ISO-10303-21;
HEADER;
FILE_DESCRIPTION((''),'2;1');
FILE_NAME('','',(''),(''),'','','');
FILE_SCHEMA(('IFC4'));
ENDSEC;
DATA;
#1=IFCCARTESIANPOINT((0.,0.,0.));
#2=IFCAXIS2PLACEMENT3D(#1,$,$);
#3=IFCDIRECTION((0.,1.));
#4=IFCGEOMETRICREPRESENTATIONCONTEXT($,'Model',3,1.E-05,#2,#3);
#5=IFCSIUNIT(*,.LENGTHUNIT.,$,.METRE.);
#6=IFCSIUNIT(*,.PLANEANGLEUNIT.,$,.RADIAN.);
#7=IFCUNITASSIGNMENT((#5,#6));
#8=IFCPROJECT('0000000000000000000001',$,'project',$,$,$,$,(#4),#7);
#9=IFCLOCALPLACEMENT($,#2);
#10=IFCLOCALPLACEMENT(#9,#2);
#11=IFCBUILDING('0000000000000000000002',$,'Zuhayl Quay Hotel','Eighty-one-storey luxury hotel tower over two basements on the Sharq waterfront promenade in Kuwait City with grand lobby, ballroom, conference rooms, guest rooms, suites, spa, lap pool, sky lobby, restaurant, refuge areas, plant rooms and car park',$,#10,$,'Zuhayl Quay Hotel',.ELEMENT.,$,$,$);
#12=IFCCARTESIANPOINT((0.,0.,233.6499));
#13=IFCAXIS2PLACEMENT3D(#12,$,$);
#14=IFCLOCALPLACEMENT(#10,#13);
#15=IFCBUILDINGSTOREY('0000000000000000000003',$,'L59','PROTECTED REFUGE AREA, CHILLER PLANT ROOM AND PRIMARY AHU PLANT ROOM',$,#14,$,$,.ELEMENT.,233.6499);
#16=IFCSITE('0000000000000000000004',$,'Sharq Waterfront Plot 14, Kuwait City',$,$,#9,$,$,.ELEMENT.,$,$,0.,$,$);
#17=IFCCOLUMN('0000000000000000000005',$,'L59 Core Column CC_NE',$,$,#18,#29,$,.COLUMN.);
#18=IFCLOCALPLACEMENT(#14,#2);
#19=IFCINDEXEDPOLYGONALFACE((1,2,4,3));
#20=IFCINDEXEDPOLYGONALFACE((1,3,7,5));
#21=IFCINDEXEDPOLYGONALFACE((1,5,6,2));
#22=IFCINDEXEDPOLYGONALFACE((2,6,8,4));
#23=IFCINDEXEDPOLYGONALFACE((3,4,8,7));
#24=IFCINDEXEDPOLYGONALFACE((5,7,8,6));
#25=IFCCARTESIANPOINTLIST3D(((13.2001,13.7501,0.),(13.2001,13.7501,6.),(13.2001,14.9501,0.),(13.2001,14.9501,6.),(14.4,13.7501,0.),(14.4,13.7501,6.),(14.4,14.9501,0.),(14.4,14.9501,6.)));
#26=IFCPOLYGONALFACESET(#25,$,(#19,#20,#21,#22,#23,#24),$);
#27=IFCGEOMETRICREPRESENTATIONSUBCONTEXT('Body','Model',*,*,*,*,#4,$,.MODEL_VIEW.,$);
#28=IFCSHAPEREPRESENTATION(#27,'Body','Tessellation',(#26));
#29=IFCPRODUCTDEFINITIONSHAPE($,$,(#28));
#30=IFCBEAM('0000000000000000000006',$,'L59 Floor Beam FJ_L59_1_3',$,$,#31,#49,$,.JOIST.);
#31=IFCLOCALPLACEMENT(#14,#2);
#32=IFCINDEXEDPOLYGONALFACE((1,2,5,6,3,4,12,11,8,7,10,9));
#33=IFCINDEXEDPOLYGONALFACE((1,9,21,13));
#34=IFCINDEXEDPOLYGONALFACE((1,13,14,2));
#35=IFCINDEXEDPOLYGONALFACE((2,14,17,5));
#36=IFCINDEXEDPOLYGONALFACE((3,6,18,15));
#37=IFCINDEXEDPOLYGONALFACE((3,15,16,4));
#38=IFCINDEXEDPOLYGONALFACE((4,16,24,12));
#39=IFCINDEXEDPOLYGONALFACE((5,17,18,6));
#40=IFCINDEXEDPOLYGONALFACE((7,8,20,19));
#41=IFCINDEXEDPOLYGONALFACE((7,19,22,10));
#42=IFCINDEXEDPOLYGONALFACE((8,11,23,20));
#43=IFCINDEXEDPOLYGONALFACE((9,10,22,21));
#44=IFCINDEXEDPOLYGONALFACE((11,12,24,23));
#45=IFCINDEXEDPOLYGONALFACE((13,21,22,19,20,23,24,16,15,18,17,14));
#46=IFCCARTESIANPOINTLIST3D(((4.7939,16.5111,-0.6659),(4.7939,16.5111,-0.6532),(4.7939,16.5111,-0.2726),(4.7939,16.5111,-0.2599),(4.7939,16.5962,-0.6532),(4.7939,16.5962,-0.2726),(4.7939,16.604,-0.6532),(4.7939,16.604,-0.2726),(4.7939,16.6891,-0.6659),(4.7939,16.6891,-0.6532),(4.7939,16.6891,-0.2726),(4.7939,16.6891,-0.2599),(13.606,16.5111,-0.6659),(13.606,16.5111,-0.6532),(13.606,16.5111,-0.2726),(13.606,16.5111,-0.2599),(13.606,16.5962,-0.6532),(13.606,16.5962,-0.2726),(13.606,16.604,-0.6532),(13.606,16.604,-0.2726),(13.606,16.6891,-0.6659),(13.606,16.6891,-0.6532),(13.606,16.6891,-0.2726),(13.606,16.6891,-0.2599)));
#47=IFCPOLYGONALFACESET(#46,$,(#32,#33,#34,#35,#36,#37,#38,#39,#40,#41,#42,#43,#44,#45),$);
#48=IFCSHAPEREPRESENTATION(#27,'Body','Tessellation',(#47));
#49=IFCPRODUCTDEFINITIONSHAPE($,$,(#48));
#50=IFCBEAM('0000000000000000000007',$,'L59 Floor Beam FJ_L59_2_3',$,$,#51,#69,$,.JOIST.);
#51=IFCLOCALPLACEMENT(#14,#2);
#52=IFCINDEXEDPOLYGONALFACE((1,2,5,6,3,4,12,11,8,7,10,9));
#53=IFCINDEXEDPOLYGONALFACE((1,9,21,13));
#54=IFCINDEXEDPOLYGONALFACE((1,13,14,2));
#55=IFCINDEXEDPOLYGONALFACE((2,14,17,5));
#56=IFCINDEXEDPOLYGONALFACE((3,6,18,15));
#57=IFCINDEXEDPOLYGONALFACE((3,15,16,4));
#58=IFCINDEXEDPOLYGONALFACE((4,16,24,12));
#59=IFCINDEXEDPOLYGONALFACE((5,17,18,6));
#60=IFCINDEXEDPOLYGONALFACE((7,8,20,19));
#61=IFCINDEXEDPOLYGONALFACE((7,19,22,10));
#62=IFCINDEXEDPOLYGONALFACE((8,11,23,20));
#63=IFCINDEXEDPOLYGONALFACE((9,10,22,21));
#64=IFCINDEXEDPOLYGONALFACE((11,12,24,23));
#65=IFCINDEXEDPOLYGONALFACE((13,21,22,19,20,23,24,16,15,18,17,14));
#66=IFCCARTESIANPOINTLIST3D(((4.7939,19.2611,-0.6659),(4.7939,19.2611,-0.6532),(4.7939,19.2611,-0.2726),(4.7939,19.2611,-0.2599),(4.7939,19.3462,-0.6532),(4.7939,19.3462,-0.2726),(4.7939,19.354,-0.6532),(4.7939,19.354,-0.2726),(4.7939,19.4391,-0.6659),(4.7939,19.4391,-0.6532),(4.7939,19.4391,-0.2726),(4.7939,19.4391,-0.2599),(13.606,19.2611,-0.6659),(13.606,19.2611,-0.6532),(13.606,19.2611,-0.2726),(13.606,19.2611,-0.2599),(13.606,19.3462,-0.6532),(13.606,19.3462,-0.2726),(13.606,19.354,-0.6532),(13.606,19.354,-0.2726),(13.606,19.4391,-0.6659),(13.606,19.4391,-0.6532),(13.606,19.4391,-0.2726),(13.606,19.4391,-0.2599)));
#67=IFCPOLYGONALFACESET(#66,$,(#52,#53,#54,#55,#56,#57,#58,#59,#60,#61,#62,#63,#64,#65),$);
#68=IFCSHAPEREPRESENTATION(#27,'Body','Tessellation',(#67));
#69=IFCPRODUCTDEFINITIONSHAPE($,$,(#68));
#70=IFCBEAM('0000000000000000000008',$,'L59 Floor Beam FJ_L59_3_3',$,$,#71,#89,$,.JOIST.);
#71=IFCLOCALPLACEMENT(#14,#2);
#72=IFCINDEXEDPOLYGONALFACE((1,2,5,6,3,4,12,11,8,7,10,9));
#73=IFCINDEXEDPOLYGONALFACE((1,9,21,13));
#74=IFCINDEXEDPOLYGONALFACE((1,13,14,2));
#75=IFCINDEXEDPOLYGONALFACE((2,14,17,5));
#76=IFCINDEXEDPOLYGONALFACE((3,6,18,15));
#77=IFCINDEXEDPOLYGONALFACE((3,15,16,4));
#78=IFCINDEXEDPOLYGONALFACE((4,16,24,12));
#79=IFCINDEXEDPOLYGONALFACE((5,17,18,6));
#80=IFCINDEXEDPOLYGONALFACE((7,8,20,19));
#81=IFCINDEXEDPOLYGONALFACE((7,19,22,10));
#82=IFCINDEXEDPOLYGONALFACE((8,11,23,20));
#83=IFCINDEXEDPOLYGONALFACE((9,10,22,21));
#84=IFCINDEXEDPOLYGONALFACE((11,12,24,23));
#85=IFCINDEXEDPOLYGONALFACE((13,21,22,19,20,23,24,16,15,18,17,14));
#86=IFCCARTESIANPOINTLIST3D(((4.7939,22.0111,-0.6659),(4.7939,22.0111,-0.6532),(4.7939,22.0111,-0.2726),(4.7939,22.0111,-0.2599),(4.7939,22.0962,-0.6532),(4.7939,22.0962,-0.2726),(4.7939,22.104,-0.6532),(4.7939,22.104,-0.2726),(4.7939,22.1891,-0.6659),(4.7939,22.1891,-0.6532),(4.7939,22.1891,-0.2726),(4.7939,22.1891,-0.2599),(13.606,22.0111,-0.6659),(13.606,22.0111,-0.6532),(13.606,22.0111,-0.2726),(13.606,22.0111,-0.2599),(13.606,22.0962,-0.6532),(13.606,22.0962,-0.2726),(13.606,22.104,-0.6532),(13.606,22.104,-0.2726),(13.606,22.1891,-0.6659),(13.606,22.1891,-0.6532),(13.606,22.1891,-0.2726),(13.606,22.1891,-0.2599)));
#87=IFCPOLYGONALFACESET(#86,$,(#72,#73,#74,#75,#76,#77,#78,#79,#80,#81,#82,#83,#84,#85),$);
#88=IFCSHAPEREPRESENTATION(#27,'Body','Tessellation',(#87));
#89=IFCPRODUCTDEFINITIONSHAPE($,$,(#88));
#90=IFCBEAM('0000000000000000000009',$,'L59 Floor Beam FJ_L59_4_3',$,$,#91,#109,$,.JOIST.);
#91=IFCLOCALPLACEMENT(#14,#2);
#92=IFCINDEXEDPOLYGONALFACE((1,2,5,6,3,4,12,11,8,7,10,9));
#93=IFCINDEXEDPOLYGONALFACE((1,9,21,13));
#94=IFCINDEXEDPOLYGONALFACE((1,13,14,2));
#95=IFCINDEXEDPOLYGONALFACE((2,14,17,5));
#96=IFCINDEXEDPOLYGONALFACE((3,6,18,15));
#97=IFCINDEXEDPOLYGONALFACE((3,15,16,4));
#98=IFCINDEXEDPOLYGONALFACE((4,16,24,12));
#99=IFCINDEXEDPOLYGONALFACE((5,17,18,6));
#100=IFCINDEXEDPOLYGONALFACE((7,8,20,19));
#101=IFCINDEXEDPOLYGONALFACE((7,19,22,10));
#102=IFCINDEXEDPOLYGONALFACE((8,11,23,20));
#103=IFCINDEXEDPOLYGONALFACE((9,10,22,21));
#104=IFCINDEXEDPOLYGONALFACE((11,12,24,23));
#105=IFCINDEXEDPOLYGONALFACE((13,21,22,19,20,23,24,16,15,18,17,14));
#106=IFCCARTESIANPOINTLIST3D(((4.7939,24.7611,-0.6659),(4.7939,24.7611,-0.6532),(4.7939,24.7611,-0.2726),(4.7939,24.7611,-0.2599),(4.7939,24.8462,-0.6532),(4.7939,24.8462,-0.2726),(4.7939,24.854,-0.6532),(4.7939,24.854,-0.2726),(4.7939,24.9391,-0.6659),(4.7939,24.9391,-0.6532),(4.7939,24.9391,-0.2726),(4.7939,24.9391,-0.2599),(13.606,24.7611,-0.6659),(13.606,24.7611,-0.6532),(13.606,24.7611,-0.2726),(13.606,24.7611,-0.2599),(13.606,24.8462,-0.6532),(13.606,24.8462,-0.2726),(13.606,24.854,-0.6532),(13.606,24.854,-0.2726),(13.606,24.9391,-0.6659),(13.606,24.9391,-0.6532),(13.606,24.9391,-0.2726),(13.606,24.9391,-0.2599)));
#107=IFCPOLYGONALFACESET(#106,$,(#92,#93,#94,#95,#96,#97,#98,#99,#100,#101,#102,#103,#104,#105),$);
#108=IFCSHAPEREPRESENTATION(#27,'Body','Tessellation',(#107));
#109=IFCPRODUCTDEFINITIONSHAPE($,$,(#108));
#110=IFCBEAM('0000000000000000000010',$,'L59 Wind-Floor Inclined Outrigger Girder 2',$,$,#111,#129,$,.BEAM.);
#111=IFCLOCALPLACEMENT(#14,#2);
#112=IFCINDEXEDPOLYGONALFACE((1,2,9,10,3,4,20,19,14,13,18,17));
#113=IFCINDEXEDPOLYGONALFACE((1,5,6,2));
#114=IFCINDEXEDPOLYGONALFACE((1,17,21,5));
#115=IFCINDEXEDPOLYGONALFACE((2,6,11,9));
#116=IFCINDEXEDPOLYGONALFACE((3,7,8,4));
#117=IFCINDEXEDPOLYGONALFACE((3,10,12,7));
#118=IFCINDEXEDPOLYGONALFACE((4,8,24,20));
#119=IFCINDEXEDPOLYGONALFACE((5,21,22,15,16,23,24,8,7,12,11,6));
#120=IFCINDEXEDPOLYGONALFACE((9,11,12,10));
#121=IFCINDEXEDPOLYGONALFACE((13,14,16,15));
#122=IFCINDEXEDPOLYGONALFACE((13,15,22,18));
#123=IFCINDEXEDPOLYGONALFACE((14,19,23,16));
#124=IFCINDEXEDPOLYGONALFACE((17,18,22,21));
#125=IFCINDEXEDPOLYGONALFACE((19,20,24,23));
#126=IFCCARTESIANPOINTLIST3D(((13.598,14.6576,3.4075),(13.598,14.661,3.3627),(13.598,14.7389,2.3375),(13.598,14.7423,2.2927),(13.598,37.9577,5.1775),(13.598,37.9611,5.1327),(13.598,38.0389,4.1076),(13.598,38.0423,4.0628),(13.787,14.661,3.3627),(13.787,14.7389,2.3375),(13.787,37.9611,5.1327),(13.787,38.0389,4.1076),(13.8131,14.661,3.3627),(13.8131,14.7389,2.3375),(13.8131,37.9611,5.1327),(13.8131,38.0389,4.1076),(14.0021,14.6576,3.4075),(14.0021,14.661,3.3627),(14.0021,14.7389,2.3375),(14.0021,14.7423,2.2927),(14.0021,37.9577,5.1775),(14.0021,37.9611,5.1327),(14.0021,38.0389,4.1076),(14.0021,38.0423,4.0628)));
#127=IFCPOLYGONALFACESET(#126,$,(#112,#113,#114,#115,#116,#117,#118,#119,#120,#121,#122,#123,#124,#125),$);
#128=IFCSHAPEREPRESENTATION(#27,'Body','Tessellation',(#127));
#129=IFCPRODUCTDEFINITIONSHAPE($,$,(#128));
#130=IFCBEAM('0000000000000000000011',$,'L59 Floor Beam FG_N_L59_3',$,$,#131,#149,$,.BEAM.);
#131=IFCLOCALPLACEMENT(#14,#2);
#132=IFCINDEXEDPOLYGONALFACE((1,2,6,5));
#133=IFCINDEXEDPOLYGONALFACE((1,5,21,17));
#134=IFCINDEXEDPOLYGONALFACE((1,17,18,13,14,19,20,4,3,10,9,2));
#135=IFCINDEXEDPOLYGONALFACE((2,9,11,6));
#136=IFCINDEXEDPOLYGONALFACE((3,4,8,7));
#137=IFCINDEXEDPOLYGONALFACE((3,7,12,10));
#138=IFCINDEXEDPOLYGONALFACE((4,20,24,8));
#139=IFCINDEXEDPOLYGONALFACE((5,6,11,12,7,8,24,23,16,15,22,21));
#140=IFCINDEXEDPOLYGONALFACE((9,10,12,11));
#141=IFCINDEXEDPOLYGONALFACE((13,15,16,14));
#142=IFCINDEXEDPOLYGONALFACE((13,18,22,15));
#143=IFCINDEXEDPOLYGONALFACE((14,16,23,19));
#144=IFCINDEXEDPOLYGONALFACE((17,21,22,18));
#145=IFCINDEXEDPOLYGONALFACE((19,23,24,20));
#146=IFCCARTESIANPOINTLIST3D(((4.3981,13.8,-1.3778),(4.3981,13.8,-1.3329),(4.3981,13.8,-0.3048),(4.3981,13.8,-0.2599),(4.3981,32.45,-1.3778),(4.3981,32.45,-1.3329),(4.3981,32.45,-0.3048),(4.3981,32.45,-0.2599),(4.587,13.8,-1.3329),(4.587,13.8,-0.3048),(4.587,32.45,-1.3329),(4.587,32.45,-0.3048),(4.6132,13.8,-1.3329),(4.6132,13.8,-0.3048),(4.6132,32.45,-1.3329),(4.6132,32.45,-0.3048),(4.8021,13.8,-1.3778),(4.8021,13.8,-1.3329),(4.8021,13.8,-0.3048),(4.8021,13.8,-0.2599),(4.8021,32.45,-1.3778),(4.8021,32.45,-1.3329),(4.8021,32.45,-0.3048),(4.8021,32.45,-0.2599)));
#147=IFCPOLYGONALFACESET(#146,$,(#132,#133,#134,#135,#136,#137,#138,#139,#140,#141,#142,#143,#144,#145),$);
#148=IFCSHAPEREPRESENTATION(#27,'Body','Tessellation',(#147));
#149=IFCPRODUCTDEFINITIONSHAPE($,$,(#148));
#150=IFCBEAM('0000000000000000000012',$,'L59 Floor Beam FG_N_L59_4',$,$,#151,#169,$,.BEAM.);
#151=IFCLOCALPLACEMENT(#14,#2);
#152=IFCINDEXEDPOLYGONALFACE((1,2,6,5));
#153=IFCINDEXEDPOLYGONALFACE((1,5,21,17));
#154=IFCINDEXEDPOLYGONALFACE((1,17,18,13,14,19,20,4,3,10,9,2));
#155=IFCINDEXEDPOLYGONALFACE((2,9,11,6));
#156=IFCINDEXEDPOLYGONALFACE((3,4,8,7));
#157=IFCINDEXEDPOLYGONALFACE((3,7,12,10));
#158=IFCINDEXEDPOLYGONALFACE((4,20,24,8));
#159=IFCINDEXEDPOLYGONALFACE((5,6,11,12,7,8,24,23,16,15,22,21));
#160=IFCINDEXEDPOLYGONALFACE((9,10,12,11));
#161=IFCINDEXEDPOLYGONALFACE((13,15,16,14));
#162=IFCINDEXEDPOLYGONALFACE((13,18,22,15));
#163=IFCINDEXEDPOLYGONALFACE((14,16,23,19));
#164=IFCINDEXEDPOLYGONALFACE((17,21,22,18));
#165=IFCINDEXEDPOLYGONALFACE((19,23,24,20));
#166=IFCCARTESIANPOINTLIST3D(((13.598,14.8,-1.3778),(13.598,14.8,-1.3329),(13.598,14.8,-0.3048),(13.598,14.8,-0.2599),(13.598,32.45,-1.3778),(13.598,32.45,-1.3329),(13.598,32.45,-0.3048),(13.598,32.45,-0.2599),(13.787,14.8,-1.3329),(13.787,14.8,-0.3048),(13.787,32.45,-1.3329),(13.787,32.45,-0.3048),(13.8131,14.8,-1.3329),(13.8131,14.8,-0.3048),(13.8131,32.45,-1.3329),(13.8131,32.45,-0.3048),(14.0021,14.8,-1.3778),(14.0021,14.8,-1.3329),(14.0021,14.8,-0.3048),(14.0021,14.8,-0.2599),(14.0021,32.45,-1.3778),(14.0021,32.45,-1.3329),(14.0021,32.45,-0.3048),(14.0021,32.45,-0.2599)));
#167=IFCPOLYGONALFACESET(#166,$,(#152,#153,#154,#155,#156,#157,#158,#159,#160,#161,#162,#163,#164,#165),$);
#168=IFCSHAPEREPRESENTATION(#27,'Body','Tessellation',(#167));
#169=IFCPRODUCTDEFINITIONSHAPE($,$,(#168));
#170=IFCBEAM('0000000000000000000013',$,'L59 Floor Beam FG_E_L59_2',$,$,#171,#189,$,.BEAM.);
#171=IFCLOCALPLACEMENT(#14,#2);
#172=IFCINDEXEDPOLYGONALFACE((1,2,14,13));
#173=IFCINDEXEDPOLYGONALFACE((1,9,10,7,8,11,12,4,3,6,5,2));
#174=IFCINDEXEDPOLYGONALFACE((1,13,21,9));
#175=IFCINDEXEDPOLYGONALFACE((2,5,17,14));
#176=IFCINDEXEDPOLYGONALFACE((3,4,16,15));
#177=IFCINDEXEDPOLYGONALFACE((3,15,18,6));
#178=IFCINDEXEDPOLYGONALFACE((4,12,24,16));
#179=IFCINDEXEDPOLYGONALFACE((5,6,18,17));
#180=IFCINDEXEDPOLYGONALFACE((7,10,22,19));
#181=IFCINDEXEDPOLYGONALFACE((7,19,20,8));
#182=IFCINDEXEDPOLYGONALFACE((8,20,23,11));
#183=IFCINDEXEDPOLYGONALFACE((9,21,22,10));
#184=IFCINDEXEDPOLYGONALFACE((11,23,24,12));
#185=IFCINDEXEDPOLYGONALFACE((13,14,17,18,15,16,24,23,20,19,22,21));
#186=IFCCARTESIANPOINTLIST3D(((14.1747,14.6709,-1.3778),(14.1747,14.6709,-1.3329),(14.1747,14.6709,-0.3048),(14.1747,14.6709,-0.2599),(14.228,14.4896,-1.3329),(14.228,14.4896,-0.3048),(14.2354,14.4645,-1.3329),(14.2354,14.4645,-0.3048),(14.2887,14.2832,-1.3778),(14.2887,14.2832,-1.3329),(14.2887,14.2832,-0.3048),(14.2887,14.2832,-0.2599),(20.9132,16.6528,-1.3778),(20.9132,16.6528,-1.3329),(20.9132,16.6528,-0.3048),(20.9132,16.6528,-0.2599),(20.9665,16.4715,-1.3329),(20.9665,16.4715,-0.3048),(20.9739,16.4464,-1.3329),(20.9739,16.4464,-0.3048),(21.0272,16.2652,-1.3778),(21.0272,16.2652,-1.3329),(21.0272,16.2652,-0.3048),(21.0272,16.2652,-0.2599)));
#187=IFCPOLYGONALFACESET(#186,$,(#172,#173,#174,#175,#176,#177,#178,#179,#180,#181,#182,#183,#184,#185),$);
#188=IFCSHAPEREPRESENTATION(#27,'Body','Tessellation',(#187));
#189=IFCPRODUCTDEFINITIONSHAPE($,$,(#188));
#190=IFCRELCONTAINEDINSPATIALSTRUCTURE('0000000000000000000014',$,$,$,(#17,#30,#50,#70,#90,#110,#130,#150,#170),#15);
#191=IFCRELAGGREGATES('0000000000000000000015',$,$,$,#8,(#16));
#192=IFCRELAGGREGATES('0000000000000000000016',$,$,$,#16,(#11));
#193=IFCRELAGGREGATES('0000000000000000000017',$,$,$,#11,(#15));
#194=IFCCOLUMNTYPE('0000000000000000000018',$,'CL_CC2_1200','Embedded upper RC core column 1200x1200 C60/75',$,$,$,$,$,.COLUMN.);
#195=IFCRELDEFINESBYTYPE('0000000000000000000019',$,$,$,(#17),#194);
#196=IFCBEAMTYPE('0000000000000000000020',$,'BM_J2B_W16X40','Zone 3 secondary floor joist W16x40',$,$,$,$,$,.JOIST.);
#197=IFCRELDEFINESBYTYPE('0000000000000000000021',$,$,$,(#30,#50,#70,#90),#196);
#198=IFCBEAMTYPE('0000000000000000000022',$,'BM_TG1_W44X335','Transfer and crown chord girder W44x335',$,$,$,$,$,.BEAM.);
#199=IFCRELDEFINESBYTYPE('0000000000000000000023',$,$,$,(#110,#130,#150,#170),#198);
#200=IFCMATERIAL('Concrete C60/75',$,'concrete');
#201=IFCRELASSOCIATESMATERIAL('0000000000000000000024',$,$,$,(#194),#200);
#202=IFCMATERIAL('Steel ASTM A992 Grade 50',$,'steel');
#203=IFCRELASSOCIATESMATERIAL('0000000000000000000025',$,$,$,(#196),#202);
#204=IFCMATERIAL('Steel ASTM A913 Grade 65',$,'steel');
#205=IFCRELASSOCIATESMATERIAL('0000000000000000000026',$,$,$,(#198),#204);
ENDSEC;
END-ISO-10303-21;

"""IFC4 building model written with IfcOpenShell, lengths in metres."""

from ifc_helpers import new_model, si_unit, direction, frame, origin, origin_2d, place, context, subcontext, project, spatial, rectangle, i_section, extrude, material, material_profile, profile_set, type_object, element, save


model = new_model("IFC4")

# Units and contexts
model_context = context("Model", 3, precision=1e-05, world=origin(), true_north=direction((0.0, 1.0)))
body_context = subcontext(model_context, "Body", "Model", "MODEL_VIEW")
ifc_project = project(units=[si_unit("LENGTHUNIT", "METRE"), si_unit("PLANEANGLEUNIT", "RADIAN")], contexts=[model_context])

# Site, building, storey
site_placement = place(None, origin())
site = spatial("IfcSite", under=ifc_project, at=site_placement, Name="Sharq Waterfront Plot 14, Kuwait City", CompositionType="ELEMENT", RefElevation=0.0)
building_placement = place(site_placement, origin())
building = spatial("IfcBuilding", under=site, at=building_placement, Name="Zuhayl Quay Hotel", Description="Eighty-one-storey luxury hotel tower over two basements on the Sharq waterfront promenade in Kuwait City with grand lobby, ballroom, conference rooms, guest rooms, suites, spa, lap pool, sky lobby, restaurant, refuge areas, plant rooms and car park", LongName="Zuhayl Quay Hotel", CompositionType="ELEMENT")
storey_placement = place(building_placement, frame((0.0, 0.0, 233.6499)))
storey = spatial("IfcBuildingStorey", under=building, at=storey_placement, Name="L59", Description="PROTECTED REFUGE AREA, CHILLER PLANT ROOM AND PRIMARY AHU PLANT ROOM", CompositionType="ELEMENT", Elevation=233.6499)

# Column
ifc_material_1 = material(Name="Concrete C60/75", Category="concrete")
ifc_material_profile_1 = material_profile(ifc_material_1, rectangle(XDim=1.2, YDim=1.2, at=origin_2d()), Name="RC1200X1200")
ifc_profile_set_1 = profile_set([ifc_material_profile_1], Name="Concrete C60/75")
column_type = type_object("IfcColumnType", Name="CL_CC2_1200", Description="Embedded upper RC core column 1200x1200 C60/75", PredefinedType="COLUMN", material=ifc_profile_set_1)
column_placement = place(storey_placement, frame((13.8, 14.3501, 0.0), z_axis=(0.0, 0.0, 1.0), x_axis=(1.0, 0.0, 0.0)))
element("IfcColumn", 1, at=column_placement, inside=storey, type_object=column_type, Name="L59 Core Column CC_NE", PredefinedType="COLUMN", context=body_context, shape_type="SweptSolid", body=[
    extrude(rectangle(XDim=1.2, YDim=1.2, at=origin_2d()), origin(), (0.0, 0.0, 1.0), 6.0),
])

# Beams
ifc_material_2 = material(Name="Steel ASTM A992 Grade 50", Category="steel")
ifc_material_profile_2 = material_profile(ifc_material_2, i_section(OverallWidth=0.178, OverallDepth=0.406, WebThickness=0.0078, FlangeThickness=0.0127, at=origin_2d()), Name="W16X40")
ifc_profile_set_2 = profile_set([ifc_material_profile_2], Name="Steel ASTM A992 Grade 50")
beam_type_1 = type_object("IfcBeamType", Name="BM_J2B_W16X40", Description="Zone 3 secondary floor joist W16x40", PredefinedType="JOIST", material=ifc_profile_set_2)
for number, where, z_axis, x_axis, name in (
    (2, (4.7939, 16.6001, -0.4629), (1.0, 0.0, 0.0), (0.0, 1.0, 0.0), "L59 Floor Beam FJ_L59_1_3"),
    (3, (4.7939, 19.3501, -0.4629), (1.0, 0.0, 0.0), (0.0, 1.0, 0.0), "L59 Floor Beam FJ_L59_2_3"),
    (4, (4.7939, 22.1001, -0.4629), (1.0, 0.0, 0.0), (0.0, 1.0, 0.0), "L59 Floor Beam FJ_L59_3_3"),
    (5, (4.7939, 24.8501, -0.4629), (1.0, 0.0, 0.0), (0.0, 1.0, 0.0), "L59 Floor Beam FJ_L59_4_3"),
):
    element("IfcBeam", number, at=place(storey_placement, frame(where, z_axis=z_axis, x_axis=x_axis)), inside=storey, type_object=beam_type_1, Name=name, PredefinedType="JOIST", context=body_context, shape_type="SweptSolid", body=[
        extrude(i_section(OverallWidth=0.178, OverallDepth=0.406, WebThickness=0.0078, FlangeThickness=0.0127, at=origin_2d()), origin(), (0.0, 0.0, 1.0), 8.812),
    ])
ifc_material_3 = material(Name="Steel ASTM A913 Grade 65", Category="steel")
ifc_material_profile_3 = material_profile(ifc_material_3, i_section(OverallWidth=0.4041, OverallDepth=1.1179, WebThickness=0.0261, FlangeThickness=0.0449, at=origin_2d()), Name="W44X335")
ifc_profile_set_3 = profile_set([ifc_material_profile_3], Name="Steel ASTM A913 Grade 65")
beam_type_2 = type_object("IfcBeamType", Name="BM_TG1_W44X335", Description="Transfer and crown chord girder W44x335", PredefinedType="BEAM", material=ifc_profile_set_3)
beam_1_placement = place(storey_placement, frame((13.8, 14.7, 2.8501), z_axis=(0.0, 0.997127, 0.075748), x_axis=(-1.0, 0.0, 0.0)))
element("IfcBeam", 6, at=beam_1_placement, inside=storey, type_object=beam_type_2, Name="L59 Wind-Floor Inclined Outrigger Girder 2", PredefinedType="BEAM", context=body_context, shape_type="SweptSolid", body=[
    extrude(i_section(OverallWidth=0.4041, OverallDepth=1.1179, WebThickness=0.0261, FlangeThickness=0.0449, at=origin_2d()), origin(), (0.0, 0.0, 1.0), 23.3672),
])
beam_2_placement = place(storey_placement, frame((4.6001, 13.8, -0.8188), z_axis=(0.0, 1.0, 0.0), x_axis=(-1.0, 0.0, 0.0)))
element("IfcBeam", 7, at=beam_2_placement, inside=storey, type_object=beam_type_2, Name="L59 Floor Beam FG_N_L59_3", PredefinedType="BEAM", context=body_context, shape_type="SweptSolid", body=[
    extrude(i_section(OverallWidth=0.4041, OverallDepth=1.1179, WebThickness=0.0261, FlangeThickness=0.0449, at=origin_2d()), origin(), (0.0, 0.0, 1.0), 18.6499),
])
beam_3_placement = place(storey_placement, frame((13.8, 14.8, -0.8188), z_axis=(0.0, 1.0, 0.0), x_axis=(-1.0, 0.0, 0.0)))
element("IfcBeam", 8, at=beam_3_placement, inside=storey, type_object=beam_type_2, Name="L59 Floor Beam FG_N_L59_4", PredefinedType="BEAM", context=body_context, shape_type="SweptSolid", body=[
    extrude(i_section(OverallWidth=0.4041, OverallDepth=1.1179, WebThickness=0.0261, FlangeThickness=0.0449, at=origin_2d()), origin(), (0.0, 0.0, 1.0), 17.6499),
])
beam_4_placement = place(storey_placement, frame((14.2317, 14.4771, -0.8188), z_axis=(0.959365, 0.282168, 0.0), x_axis=(-0.282168, 0.959365, 0.0)))
element("IfcBeam", 9, at=beam_4_placement, inside=storey, type_object=beam_type_2, Name="L59 Floor Beam FG_E_L59_2", PredefinedType="BEAM", context=body_context, shape_type="SweptSolid", body=[
    extrude(i_section(OverallWidth=0.4041, OverallDepth=1.1179, WebThickness=0.0261, FlangeThickness=0.0449, at=origin_2d()), origin(), (0.0, 0.0, 1.0), 7.0239),
])

save(model, "model.ifc")
